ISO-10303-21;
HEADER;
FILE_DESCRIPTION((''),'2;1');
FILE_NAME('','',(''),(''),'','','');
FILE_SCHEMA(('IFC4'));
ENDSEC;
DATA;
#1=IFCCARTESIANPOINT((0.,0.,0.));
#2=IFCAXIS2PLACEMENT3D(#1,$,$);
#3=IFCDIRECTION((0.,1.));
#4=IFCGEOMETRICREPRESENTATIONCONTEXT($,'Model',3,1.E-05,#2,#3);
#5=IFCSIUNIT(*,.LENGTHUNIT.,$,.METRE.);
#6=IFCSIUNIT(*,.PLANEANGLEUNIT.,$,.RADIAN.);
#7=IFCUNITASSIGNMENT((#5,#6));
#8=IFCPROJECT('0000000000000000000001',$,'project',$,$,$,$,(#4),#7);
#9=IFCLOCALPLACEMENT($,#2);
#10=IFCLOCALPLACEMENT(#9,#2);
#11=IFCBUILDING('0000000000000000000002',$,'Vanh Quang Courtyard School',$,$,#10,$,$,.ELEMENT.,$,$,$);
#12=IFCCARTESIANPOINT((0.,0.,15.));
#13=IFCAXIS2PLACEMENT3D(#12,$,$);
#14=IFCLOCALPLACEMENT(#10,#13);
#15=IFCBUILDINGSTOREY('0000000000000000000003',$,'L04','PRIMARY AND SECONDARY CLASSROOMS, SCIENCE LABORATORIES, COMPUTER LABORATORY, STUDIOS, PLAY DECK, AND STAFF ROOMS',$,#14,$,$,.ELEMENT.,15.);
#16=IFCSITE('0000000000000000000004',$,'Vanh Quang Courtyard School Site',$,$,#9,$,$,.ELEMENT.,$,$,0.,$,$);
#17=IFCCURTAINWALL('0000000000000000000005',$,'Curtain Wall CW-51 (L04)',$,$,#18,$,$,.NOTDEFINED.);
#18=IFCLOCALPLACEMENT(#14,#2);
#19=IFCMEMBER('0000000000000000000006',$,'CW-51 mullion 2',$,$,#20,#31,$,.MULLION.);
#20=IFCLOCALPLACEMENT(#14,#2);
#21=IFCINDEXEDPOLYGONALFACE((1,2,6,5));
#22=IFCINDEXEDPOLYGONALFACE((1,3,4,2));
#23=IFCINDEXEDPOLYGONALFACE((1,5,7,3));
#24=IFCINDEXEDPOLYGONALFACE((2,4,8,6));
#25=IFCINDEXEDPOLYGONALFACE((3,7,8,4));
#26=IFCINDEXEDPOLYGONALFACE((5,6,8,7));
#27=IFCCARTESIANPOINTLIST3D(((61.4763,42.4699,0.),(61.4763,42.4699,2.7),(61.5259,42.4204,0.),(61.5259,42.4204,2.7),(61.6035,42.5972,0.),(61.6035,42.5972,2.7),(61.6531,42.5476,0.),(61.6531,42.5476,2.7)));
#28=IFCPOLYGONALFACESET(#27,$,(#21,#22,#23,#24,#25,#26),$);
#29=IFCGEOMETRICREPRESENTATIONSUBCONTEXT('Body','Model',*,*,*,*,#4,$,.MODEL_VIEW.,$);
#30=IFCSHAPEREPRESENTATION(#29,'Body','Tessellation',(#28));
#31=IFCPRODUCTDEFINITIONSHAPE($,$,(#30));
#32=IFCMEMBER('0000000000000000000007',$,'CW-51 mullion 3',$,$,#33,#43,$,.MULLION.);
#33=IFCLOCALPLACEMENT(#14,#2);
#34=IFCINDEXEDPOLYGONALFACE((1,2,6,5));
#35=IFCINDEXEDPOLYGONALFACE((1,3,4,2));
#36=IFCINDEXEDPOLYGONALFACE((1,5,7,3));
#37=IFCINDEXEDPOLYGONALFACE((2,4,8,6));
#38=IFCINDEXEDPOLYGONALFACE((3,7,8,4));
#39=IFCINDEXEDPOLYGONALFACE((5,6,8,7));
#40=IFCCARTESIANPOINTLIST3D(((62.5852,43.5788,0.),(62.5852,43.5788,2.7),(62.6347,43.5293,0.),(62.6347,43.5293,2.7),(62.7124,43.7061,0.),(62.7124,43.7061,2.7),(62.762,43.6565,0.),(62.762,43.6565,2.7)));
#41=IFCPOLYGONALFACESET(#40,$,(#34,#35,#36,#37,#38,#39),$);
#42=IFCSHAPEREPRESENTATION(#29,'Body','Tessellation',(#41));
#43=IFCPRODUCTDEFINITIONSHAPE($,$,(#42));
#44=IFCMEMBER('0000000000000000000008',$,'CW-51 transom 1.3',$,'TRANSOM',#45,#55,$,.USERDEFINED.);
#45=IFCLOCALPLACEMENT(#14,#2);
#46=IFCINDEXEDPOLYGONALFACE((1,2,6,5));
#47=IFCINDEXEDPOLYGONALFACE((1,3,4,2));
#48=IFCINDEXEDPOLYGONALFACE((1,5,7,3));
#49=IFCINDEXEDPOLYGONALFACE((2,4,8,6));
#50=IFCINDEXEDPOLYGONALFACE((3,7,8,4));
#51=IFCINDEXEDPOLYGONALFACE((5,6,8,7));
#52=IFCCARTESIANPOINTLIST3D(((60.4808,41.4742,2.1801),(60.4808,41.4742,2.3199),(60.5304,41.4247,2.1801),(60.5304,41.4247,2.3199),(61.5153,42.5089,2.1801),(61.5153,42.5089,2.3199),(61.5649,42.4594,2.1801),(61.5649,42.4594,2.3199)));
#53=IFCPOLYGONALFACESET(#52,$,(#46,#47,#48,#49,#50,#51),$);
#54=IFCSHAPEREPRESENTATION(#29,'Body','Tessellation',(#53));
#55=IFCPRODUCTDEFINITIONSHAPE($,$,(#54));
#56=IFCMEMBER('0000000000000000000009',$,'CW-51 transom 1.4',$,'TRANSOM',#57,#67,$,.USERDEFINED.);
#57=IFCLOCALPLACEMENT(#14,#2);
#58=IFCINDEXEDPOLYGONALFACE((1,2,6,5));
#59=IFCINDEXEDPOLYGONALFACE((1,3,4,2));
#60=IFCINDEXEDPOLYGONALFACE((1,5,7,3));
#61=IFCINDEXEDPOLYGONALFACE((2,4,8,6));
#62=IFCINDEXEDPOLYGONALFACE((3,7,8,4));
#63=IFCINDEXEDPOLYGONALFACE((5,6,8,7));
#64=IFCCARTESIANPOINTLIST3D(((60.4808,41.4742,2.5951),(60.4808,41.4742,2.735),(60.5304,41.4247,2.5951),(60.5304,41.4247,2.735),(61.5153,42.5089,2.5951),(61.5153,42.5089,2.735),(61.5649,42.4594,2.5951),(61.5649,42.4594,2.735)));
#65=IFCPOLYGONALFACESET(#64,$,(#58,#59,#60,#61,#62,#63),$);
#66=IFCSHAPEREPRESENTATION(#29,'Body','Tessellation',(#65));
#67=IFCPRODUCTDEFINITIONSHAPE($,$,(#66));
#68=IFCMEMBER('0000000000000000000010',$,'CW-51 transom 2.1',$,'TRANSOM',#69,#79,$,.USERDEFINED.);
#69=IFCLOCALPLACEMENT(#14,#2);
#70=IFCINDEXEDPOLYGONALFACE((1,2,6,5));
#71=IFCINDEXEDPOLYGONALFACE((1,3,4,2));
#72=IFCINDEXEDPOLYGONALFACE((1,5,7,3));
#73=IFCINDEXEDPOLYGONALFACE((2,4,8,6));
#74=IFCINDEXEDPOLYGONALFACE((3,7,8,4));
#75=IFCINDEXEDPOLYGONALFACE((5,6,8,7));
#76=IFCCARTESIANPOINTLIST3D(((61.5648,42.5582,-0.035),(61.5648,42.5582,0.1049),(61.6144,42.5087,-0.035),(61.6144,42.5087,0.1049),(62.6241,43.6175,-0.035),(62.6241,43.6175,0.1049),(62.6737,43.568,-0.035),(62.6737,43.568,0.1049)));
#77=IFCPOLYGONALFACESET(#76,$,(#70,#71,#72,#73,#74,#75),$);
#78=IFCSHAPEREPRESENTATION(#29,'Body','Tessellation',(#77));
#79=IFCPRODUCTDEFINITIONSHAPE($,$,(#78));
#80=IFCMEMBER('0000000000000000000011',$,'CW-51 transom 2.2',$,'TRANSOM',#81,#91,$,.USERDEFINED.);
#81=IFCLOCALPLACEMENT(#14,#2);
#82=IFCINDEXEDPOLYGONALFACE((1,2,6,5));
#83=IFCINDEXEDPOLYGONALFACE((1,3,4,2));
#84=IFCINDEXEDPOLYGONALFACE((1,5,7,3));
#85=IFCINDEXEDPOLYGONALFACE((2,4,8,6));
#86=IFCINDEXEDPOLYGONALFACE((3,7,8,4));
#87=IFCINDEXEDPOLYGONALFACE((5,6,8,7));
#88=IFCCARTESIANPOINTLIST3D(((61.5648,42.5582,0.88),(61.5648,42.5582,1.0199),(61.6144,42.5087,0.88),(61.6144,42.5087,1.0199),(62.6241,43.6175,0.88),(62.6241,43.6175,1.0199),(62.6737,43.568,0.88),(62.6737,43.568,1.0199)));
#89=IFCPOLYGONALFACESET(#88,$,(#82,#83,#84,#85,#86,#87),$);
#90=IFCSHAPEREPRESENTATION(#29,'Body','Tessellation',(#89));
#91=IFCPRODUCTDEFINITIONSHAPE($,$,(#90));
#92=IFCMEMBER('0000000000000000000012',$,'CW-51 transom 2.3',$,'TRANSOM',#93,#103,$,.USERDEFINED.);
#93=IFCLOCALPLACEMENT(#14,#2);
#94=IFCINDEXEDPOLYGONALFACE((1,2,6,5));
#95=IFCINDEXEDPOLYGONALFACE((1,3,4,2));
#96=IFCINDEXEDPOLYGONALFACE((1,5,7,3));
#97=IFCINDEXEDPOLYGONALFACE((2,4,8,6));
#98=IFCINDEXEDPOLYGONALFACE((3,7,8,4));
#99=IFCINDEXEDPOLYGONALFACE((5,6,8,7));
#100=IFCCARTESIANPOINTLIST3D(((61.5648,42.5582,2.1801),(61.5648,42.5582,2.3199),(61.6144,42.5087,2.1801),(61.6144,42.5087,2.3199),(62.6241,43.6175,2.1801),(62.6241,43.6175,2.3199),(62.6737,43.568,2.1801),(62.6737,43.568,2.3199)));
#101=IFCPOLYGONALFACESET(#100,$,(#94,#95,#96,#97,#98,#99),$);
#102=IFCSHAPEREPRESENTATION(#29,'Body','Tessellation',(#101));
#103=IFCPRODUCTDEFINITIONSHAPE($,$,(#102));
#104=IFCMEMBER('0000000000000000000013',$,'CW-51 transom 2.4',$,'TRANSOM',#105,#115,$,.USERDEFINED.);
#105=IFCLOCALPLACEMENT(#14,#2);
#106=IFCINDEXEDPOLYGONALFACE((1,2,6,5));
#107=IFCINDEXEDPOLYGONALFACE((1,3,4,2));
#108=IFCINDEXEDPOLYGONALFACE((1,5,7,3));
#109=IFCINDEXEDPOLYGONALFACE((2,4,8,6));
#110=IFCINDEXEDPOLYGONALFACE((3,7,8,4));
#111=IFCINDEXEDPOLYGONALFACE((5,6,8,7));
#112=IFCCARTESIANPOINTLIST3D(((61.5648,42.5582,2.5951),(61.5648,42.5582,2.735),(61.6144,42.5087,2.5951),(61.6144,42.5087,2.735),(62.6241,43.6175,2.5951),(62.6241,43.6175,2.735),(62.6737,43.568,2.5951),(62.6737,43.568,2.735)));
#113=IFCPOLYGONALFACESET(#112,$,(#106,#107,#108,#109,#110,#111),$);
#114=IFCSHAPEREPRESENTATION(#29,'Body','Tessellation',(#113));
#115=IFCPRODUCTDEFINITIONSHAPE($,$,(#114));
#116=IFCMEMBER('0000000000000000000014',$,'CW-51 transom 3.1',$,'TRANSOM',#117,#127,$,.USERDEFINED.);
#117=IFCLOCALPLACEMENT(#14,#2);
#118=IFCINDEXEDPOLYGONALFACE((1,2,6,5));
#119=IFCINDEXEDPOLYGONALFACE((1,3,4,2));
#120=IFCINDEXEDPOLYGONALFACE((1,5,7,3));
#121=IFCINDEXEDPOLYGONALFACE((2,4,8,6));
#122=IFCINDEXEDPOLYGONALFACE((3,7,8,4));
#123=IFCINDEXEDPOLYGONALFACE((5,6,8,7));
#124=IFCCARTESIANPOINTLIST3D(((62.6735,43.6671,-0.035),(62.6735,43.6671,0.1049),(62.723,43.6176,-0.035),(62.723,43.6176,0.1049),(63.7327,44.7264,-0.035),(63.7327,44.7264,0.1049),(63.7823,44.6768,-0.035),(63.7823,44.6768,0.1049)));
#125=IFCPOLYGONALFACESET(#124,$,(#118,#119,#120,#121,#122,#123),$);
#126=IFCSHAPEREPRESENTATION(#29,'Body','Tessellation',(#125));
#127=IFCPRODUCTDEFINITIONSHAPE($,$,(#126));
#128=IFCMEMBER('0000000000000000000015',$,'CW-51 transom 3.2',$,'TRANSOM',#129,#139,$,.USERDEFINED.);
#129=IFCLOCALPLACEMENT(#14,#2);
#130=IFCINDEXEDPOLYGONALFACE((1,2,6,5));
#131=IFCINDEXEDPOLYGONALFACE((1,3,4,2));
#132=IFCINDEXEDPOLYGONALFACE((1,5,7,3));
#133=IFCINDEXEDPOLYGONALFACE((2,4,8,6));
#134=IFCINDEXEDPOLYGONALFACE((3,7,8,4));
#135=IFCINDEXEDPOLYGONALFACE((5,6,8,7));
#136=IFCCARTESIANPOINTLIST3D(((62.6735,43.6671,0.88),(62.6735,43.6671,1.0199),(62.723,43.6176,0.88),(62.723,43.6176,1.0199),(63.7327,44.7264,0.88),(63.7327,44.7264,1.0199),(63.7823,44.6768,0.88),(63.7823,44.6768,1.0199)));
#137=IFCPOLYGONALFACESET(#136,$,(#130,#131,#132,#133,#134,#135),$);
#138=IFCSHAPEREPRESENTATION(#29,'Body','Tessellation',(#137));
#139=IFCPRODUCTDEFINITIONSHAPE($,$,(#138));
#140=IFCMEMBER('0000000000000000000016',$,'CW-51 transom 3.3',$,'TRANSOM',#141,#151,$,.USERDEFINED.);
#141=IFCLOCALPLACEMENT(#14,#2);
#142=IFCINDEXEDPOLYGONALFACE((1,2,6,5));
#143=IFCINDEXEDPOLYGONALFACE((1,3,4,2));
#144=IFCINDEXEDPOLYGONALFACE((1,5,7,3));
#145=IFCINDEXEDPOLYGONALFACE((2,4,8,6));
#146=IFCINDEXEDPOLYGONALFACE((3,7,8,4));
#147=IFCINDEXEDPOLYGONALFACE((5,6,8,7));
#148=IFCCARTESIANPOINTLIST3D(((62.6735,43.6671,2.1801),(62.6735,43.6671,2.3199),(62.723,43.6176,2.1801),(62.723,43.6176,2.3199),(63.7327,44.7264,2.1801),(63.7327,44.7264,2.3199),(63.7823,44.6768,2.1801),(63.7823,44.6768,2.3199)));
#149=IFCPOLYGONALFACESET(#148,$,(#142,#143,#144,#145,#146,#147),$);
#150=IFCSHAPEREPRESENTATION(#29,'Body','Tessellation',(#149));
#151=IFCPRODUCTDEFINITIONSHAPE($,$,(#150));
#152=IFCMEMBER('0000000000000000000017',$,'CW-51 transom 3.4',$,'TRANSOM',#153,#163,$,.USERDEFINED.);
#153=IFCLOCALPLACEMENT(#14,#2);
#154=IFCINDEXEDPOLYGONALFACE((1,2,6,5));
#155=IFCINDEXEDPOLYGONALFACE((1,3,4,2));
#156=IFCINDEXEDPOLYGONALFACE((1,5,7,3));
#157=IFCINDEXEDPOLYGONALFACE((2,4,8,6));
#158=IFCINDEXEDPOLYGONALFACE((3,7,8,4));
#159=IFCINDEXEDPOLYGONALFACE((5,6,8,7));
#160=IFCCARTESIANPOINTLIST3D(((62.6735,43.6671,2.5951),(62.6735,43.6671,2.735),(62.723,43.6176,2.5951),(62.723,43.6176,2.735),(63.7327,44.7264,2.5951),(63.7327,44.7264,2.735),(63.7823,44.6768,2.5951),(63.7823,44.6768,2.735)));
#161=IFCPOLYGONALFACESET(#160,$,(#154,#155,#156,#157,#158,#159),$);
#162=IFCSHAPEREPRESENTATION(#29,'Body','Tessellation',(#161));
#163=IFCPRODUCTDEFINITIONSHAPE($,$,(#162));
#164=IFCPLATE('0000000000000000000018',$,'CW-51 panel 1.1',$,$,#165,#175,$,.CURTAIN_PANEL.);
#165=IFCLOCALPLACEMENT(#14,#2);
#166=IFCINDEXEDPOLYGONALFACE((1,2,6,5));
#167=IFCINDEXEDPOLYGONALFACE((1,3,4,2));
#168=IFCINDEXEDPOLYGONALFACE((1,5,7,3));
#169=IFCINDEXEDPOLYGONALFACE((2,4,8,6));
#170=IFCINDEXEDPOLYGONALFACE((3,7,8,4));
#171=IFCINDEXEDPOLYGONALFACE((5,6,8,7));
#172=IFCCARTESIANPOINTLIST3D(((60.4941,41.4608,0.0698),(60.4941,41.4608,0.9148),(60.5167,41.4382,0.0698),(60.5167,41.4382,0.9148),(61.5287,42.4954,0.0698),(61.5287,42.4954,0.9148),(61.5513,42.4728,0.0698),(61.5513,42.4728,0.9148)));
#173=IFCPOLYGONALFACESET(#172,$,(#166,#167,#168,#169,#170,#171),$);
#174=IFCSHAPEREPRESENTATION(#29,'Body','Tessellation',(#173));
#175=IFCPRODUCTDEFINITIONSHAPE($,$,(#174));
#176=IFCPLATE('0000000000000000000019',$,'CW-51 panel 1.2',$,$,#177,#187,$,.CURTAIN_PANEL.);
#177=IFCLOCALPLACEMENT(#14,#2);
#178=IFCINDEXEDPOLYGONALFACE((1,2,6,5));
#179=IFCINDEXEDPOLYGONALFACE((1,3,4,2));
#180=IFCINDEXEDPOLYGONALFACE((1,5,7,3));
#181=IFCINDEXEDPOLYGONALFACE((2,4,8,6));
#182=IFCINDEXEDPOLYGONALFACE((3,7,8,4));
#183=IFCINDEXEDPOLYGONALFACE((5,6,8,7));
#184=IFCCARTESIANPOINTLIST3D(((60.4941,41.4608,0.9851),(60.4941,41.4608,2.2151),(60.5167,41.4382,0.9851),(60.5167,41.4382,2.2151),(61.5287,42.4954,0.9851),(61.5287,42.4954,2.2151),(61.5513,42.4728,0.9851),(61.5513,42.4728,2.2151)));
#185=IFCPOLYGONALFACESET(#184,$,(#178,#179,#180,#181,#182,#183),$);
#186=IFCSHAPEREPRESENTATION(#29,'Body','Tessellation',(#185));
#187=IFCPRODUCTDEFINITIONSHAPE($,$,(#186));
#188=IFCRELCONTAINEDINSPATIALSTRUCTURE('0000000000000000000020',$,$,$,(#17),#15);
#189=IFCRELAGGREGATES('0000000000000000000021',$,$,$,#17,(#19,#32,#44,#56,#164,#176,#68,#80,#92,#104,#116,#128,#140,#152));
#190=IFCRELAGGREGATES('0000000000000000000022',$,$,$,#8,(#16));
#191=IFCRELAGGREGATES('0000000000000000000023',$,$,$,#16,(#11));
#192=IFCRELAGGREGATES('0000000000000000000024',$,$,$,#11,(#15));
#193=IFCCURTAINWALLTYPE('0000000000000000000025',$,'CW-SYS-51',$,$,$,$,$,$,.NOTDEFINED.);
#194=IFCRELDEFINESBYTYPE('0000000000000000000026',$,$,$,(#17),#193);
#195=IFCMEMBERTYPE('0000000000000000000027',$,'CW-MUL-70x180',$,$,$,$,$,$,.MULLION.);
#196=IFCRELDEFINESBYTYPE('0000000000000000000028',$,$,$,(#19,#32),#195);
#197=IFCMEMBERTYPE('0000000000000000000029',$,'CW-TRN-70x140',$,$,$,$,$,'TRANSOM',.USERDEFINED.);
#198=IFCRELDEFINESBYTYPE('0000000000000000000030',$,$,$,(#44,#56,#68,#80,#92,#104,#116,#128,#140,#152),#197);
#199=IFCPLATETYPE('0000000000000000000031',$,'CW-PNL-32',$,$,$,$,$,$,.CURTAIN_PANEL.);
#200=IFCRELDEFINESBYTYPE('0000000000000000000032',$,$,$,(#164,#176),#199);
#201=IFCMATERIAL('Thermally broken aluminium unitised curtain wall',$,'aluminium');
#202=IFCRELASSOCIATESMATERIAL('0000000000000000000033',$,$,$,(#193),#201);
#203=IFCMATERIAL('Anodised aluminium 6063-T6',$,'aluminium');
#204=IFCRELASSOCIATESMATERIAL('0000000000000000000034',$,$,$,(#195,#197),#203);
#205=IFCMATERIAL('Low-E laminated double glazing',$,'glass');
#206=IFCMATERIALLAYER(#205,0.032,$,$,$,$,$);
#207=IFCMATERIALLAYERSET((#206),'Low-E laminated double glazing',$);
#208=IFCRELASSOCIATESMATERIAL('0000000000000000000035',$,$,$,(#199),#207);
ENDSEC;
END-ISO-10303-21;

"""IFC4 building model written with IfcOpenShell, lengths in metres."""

from ifc_helpers import new_model, si_unit, direction, frame, origin, origin_2d, place, context, subcontext, project, spatial, rectangle, extrude, material, layer, layer_set, material_profile, profile_set, type_object, element, aggregate, save


model = new_model("IFC4")

# Units and contexts
model_context = context("Model", 3, precision=1e-05, world=origin(), true_north=direction((0.0, 1.0)))
body_context = subcontext(model_context, "Body", "Model", "MODEL_VIEW")
ifc_project = project(units=[si_unit("LENGTHUNIT", "METRE"), si_unit("PLANEANGLEUNIT", "RADIAN")], contexts=[model_context])

# Site, building, storey
site_placement = place(None, origin())
site = spatial("IfcSite", under=ifc_project, at=site_placement, Name="Vanh Quang Courtyard School Site", CompositionType="ELEMENT", RefElevation=0.0)
building_placement = place(site_placement, origin())
building = spatial("IfcBuilding", under=site, at=building_placement, Name="Vanh Quang Courtyard School", CompositionType="ELEMENT")
storey_placement = place(building_placement, frame((0.0, 0.0, 15.0)))
storey = spatial("IfcBuildingStorey", under=building, at=storey_placement, Name="L04", Description="PRIMARY AND SECONDARY CLASSROOMS, SCIENCE LABORATORIES, COMPUTER LABORATORY, STUDIOS, PLAY DECK, AND STAFF ROOMS", CompositionType="ELEMENT", Elevation=15.0)

# Curtain wall, members, plates
ifc_material_1 = material(Name="Thermally broken aluminium unitised curtain wall", Category="aluminium")
curtain_wall_type = type_object("IfcCurtainWallType", Name="CW-SYS-51", PredefinedType="NOTDEFINED", material=ifc_material_1)
curtain_wall_placement = place(storey_placement, origin())
curtain_wall = element("IfcCurtainWall", 1, at=curtain_wall_placement, inside=storey, type_object=curtain_wall_type, Name="Curtain Wall CW-51 (L04)", PredefinedType="NOTDEFINED")
ifc_material_2 = material(Name="Anodised aluminium 6063-T6", Category="aluminium")
ifc_material_profile_1 = material_profile(ifc_material_2, rectangle(XDim=0.0701, YDim=0.1799, at=origin_2d()), Name="ALU-MUL 70x180")
ifc_profile_set_1 = profile_set([ifc_material_profile_1], Name="Anodised aluminium 6063-T6")
member_type_1 = type_object("IfcMemberType", Name="CW-MUL-70x180", PredefinedType="MULLION", material=ifc_profile_set_1)
member_1_placement = place(storey_placement, frame((61.5647, 42.5088, 0.0), z_axis=(0.0, 0.0, 1.0), x_axis=(-0.707107, 0.707107, 0.0)))
member_1 = element("IfcMember", 2, at=member_1_placement, type_object=member_type_1, Name="CW-51 mullion 2", PredefinedType="MULLION", context=body_context, shape_type="SweptSolid", body=[
    extrude(rectangle(XDim=0.0701, YDim=0.1799, at=origin_2d()), origin(), (0.0, 0.0, 1.0), 2.7),
])
member_2_placement = place(storey_placement, frame((62.6736, 43.6177, 0.0), z_axis=(0.0, 0.0, 1.0), x_axis=(-0.707107, 0.707107, 0.0)))
member_2 = element("IfcMember", 3, at=member_2_placement, type_object=member_type_1, Name="CW-51 mullion 3", PredefinedType="MULLION", context=body_context, shape_type="SweptSolid", body=[
    extrude(rectangle(XDim=0.0701, YDim=0.1799, at=origin_2d()), origin(), (0.0, 0.0, 1.0), 2.7),
])
ifc_material_profile_2 = material_profile(ifc_material_2, rectangle(XDim=0.0701, YDim=0.1399, at=origin_2d()), Name="ALU-TRN 70x140")
ifc_profile_set_2 = profile_set([ifc_material_profile_2], Name="Anodised aluminium 6063-T6")
member_type_2 = type_object("IfcMemberType", Name="CW-TRN-70x140", ElementType="TRANSOM", PredefinedType="USERDEFINED", material=ifc_profile_set_2)
member_3_placement = place(storey_placement, frame((60.5056, 41.4495, 2.25), z_axis=(0.707023, 0.70719, 0.0), x_axis=(-0.70719, 0.707023, 0.0)))
member_3 = element("IfcMember", 4, at=member_3_placement, type_object=member_type_2, Name="CW-51 transom 1.3", ObjectType="TRANSOM", PredefinedType="USERDEFINED", context=body_context, shape_type="SweptSolid", body=[
    extrude(rectangle(XDim=0.0701, YDim=0.1399, at=origin_2d()), origin(), (0.0, 0.0, 1.0), 1.4631),
])
member_4_placement = place(storey_placement, frame((60.5056, 41.4495, 2.665), z_axis=(0.707023, 0.70719, 0.0), x_axis=(-0.70719, 0.707023, 0.0)))
member_4 = element("IfcMember", 5, at=member_4_placement, type_object=member_type_2, Name="CW-51 transom 1.4", ObjectType="TRANSOM", PredefinedType="USERDEFINED", context=body_context, shape_type="SweptSolid", body=[
    extrude(rectangle(XDim=0.0701, YDim=0.1399, at=origin_2d()), origin(), (0.0, 0.0, 1.0), 1.4631),
])
member_5_placement = place(storey_placement, frame((61.5896, 42.5334, 0.0349), z_axis=(0.707107, 0.707107, 0.0), x_axis=(-0.707107, 0.707107, 0.0)))
member_5 = element("IfcMember", 6, at=member_5_placement, type_object=member_type_2, Name="CW-51 transom 2.1", ObjectType="TRANSOM", PredefinedType="USERDEFINED", context=body_context, shape_type="SweptSolid", body=[
    extrude(rectangle(XDim=0.0701, YDim=0.1399, at=origin_2d()), origin(), (0.0, 0.0, 1.0), 1.498),
])
member_6_placement = place(storey_placement, frame((61.5896, 42.5334, 0.95), z_axis=(0.707107, 0.707107, 0.0), x_axis=(-0.707107, 0.707107, 0.0)))
member_6 = element("IfcMember", 7, at=member_6_placement, type_object=member_type_2, Name="CW-51 transom 2.2", ObjectType="TRANSOM", PredefinedType="USERDEFINED", context=body_context, shape_type="SweptSolid", body=[
    extrude(rectangle(XDim=0.0701, YDim=0.1399, at=origin_2d()), origin(), (0.0, 0.0, 1.0), 1.498),
])
member_7_placement = place(storey_placement, frame((61.5896, 42.5334, 2.25), z_axis=(0.707107, 0.707107, 0.0), x_axis=(-0.707107, 0.707107, 0.0)))
member_7 = element("IfcMember", 8, at=member_7_placement, type_object=member_type_2, Name="CW-51 transom 2.3", ObjectType="TRANSOM", PredefinedType="USERDEFINED", context=body_context, shape_type="SweptSolid", body=[
    extrude(rectangle(XDim=0.0701, YDim=0.1399, at=origin_2d()), origin(), (0.0, 0.0, 1.0), 1.498),
])
member_8_placement = place(storey_placement, frame((61.5896, 42.5334, 2.665), z_axis=(0.707107, 0.707107, 0.0), x_axis=(-0.707107, 0.707107, 0.0)))
member_8 = element("IfcMember", 9, at=member_8_placement, type_object=member_type_2, Name="CW-51 transom 2.4", ObjectType="TRANSOM", PredefinedType="USERDEFINED", context=body_context, shape_type="SweptSolid", body=[
    extrude(rectangle(XDim=0.0701, YDim=0.1399, at=origin_2d()), origin(), (0.0, 0.0, 1.0), 1.498),
])
member_9_placement = place(storey_placement, frame((62.6982, 43.6423, 0.0349), z_axis=(0.707107, 0.707107, 0.0), x_axis=(-0.707107, 0.707107, 0.0)))
member_9 = element("IfcMember", 10, at=member_9_placement, type_object=member_type_2, Name="CW-51 transom 3.1", ObjectType="TRANSOM", PredefinedType="USERDEFINED", context=body_context, shape_type="SweptSolid", body=[
    extrude(rectangle(XDim=0.0701, YDim=0.1399, at=origin_2d()), origin(), (0.0, 0.0, 1.0), 1.498),
])
member_10_placement = place(storey_placement, frame((62.6982, 43.6423, 0.95), z_axis=(0.707107, 0.707107, 0.0), x_axis=(-0.707107, 0.707107, 0.0)))
member_10 = element("IfcMember", 11, at=member_10_placement, type_object=member_type_2, Name="CW-51 transom 3.2", ObjectType="TRANSOM", PredefinedType="USERDEFINED", context=body_context, shape_type="SweptSolid", body=[
    extrude(rectangle(XDim=0.0701, YDim=0.1399, at=origin_2d()), origin(), (0.0, 0.0, 1.0), 1.498),
])
member_11_placement = place(storey_placement, frame((62.6982, 43.6423, 2.25), z_axis=(0.707107, 0.707107, 0.0), x_axis=(-0.707107, 0.707107, 0.0)))
member_11 = element("IfcMember", 12, at=member_11_placement, type_object=member_type_2, Name="CW-51 transom 3.3", ObjectType="TRANSOM", PredefinedType="USERDEFINED", context=body_context, shape_type="SweptSolid", body=[
    extrude(rectangle(XDim=0.0701, YDim=0.1399, at=origin_2d()), origin(), (0.0, 0.0, 1.0), 1.498),
])
member_12_placement = place(storey_placement, frame((62.6982, 43.6423, 2.665), z_axis=(0.707107, 0.707107, 0.0), x_axis=(-0.707107, 0.707107, 0.0)))
member_12 = element("IfcMember", 13, at=member_12_placement, type_object=member_type_2, Name="CW-51 transom 3.4", ObjectType="TRANSOM", PredefinedType="USERDEFINED", context=body_context, shape_type="SweptSolid", body=[
    extrude(rectangle(XDim=0.0701, YDim=0.1399, at=origin_2d()), origin(), (0.0, 0.0, 1.0), 1.498),
])
ifc_material_3 = material(Name="Low-E laminated double glazing", Category="glass")
ifc_layer = layer(ifc_material_3, 0.032)
ifc_layer_set = layer_set([ifc_layer], Name="Low-E laminated double glazing")
plate_type = type_object("IfcPlateType", Name="CW-PNL-32", PredefinedType="CURTAIN_PANEL", material=ifc_layer_set)
plate_1_placement = place(storey_placement, frame((61.0227, 41.9668, 0.0698), z_axis=(0.0, 0.0, 1.0), x_axis=(0.707107, 0.707107, 0.0)))
plate_1 = element("IfcPlate", 14, at=plate_1_placement, type_object=plate_type, Name="CW-51 panel 1.1", PredefinedType="CURTAIN_PANEL", context=body_context, shape_type="SweptSolid", body=[
    extrude(rectangle(XDim=1.4631, YDim=0.032, at=origin_2d()), origin(), (0.0, 0.0, 1.0), 0.845),
])
plate_2_placement = place(storey_placement, frame((61.0227, 41.9668, 0.9851), z_axis=(0.0, 0.0, 1.0), x_axis=(0.707107, 0.707107, 0.0)))
plate_2 = element("IfcPlate", 15, at=plate_2_placement, type_object=plate_type, Name="CW-51 panel 1.2", PredefinedType="CURTAIN_PANEL", context=body_context, shape_type="SweptSolid", body=[
    extrude(rectangle(XDim=1.4631, YDim=0.032, at=origin_2d()), origin(), (0.0, 0.0, 1.0), 1.23),
])
aggregate(curtain_wall, [member_1, member_2, member_3, member_4, plate_1, plate_2, member_5, member_6, member_7, member_8, member_9, member_10, member_11, member_12])

save(model, "model.ifc")
